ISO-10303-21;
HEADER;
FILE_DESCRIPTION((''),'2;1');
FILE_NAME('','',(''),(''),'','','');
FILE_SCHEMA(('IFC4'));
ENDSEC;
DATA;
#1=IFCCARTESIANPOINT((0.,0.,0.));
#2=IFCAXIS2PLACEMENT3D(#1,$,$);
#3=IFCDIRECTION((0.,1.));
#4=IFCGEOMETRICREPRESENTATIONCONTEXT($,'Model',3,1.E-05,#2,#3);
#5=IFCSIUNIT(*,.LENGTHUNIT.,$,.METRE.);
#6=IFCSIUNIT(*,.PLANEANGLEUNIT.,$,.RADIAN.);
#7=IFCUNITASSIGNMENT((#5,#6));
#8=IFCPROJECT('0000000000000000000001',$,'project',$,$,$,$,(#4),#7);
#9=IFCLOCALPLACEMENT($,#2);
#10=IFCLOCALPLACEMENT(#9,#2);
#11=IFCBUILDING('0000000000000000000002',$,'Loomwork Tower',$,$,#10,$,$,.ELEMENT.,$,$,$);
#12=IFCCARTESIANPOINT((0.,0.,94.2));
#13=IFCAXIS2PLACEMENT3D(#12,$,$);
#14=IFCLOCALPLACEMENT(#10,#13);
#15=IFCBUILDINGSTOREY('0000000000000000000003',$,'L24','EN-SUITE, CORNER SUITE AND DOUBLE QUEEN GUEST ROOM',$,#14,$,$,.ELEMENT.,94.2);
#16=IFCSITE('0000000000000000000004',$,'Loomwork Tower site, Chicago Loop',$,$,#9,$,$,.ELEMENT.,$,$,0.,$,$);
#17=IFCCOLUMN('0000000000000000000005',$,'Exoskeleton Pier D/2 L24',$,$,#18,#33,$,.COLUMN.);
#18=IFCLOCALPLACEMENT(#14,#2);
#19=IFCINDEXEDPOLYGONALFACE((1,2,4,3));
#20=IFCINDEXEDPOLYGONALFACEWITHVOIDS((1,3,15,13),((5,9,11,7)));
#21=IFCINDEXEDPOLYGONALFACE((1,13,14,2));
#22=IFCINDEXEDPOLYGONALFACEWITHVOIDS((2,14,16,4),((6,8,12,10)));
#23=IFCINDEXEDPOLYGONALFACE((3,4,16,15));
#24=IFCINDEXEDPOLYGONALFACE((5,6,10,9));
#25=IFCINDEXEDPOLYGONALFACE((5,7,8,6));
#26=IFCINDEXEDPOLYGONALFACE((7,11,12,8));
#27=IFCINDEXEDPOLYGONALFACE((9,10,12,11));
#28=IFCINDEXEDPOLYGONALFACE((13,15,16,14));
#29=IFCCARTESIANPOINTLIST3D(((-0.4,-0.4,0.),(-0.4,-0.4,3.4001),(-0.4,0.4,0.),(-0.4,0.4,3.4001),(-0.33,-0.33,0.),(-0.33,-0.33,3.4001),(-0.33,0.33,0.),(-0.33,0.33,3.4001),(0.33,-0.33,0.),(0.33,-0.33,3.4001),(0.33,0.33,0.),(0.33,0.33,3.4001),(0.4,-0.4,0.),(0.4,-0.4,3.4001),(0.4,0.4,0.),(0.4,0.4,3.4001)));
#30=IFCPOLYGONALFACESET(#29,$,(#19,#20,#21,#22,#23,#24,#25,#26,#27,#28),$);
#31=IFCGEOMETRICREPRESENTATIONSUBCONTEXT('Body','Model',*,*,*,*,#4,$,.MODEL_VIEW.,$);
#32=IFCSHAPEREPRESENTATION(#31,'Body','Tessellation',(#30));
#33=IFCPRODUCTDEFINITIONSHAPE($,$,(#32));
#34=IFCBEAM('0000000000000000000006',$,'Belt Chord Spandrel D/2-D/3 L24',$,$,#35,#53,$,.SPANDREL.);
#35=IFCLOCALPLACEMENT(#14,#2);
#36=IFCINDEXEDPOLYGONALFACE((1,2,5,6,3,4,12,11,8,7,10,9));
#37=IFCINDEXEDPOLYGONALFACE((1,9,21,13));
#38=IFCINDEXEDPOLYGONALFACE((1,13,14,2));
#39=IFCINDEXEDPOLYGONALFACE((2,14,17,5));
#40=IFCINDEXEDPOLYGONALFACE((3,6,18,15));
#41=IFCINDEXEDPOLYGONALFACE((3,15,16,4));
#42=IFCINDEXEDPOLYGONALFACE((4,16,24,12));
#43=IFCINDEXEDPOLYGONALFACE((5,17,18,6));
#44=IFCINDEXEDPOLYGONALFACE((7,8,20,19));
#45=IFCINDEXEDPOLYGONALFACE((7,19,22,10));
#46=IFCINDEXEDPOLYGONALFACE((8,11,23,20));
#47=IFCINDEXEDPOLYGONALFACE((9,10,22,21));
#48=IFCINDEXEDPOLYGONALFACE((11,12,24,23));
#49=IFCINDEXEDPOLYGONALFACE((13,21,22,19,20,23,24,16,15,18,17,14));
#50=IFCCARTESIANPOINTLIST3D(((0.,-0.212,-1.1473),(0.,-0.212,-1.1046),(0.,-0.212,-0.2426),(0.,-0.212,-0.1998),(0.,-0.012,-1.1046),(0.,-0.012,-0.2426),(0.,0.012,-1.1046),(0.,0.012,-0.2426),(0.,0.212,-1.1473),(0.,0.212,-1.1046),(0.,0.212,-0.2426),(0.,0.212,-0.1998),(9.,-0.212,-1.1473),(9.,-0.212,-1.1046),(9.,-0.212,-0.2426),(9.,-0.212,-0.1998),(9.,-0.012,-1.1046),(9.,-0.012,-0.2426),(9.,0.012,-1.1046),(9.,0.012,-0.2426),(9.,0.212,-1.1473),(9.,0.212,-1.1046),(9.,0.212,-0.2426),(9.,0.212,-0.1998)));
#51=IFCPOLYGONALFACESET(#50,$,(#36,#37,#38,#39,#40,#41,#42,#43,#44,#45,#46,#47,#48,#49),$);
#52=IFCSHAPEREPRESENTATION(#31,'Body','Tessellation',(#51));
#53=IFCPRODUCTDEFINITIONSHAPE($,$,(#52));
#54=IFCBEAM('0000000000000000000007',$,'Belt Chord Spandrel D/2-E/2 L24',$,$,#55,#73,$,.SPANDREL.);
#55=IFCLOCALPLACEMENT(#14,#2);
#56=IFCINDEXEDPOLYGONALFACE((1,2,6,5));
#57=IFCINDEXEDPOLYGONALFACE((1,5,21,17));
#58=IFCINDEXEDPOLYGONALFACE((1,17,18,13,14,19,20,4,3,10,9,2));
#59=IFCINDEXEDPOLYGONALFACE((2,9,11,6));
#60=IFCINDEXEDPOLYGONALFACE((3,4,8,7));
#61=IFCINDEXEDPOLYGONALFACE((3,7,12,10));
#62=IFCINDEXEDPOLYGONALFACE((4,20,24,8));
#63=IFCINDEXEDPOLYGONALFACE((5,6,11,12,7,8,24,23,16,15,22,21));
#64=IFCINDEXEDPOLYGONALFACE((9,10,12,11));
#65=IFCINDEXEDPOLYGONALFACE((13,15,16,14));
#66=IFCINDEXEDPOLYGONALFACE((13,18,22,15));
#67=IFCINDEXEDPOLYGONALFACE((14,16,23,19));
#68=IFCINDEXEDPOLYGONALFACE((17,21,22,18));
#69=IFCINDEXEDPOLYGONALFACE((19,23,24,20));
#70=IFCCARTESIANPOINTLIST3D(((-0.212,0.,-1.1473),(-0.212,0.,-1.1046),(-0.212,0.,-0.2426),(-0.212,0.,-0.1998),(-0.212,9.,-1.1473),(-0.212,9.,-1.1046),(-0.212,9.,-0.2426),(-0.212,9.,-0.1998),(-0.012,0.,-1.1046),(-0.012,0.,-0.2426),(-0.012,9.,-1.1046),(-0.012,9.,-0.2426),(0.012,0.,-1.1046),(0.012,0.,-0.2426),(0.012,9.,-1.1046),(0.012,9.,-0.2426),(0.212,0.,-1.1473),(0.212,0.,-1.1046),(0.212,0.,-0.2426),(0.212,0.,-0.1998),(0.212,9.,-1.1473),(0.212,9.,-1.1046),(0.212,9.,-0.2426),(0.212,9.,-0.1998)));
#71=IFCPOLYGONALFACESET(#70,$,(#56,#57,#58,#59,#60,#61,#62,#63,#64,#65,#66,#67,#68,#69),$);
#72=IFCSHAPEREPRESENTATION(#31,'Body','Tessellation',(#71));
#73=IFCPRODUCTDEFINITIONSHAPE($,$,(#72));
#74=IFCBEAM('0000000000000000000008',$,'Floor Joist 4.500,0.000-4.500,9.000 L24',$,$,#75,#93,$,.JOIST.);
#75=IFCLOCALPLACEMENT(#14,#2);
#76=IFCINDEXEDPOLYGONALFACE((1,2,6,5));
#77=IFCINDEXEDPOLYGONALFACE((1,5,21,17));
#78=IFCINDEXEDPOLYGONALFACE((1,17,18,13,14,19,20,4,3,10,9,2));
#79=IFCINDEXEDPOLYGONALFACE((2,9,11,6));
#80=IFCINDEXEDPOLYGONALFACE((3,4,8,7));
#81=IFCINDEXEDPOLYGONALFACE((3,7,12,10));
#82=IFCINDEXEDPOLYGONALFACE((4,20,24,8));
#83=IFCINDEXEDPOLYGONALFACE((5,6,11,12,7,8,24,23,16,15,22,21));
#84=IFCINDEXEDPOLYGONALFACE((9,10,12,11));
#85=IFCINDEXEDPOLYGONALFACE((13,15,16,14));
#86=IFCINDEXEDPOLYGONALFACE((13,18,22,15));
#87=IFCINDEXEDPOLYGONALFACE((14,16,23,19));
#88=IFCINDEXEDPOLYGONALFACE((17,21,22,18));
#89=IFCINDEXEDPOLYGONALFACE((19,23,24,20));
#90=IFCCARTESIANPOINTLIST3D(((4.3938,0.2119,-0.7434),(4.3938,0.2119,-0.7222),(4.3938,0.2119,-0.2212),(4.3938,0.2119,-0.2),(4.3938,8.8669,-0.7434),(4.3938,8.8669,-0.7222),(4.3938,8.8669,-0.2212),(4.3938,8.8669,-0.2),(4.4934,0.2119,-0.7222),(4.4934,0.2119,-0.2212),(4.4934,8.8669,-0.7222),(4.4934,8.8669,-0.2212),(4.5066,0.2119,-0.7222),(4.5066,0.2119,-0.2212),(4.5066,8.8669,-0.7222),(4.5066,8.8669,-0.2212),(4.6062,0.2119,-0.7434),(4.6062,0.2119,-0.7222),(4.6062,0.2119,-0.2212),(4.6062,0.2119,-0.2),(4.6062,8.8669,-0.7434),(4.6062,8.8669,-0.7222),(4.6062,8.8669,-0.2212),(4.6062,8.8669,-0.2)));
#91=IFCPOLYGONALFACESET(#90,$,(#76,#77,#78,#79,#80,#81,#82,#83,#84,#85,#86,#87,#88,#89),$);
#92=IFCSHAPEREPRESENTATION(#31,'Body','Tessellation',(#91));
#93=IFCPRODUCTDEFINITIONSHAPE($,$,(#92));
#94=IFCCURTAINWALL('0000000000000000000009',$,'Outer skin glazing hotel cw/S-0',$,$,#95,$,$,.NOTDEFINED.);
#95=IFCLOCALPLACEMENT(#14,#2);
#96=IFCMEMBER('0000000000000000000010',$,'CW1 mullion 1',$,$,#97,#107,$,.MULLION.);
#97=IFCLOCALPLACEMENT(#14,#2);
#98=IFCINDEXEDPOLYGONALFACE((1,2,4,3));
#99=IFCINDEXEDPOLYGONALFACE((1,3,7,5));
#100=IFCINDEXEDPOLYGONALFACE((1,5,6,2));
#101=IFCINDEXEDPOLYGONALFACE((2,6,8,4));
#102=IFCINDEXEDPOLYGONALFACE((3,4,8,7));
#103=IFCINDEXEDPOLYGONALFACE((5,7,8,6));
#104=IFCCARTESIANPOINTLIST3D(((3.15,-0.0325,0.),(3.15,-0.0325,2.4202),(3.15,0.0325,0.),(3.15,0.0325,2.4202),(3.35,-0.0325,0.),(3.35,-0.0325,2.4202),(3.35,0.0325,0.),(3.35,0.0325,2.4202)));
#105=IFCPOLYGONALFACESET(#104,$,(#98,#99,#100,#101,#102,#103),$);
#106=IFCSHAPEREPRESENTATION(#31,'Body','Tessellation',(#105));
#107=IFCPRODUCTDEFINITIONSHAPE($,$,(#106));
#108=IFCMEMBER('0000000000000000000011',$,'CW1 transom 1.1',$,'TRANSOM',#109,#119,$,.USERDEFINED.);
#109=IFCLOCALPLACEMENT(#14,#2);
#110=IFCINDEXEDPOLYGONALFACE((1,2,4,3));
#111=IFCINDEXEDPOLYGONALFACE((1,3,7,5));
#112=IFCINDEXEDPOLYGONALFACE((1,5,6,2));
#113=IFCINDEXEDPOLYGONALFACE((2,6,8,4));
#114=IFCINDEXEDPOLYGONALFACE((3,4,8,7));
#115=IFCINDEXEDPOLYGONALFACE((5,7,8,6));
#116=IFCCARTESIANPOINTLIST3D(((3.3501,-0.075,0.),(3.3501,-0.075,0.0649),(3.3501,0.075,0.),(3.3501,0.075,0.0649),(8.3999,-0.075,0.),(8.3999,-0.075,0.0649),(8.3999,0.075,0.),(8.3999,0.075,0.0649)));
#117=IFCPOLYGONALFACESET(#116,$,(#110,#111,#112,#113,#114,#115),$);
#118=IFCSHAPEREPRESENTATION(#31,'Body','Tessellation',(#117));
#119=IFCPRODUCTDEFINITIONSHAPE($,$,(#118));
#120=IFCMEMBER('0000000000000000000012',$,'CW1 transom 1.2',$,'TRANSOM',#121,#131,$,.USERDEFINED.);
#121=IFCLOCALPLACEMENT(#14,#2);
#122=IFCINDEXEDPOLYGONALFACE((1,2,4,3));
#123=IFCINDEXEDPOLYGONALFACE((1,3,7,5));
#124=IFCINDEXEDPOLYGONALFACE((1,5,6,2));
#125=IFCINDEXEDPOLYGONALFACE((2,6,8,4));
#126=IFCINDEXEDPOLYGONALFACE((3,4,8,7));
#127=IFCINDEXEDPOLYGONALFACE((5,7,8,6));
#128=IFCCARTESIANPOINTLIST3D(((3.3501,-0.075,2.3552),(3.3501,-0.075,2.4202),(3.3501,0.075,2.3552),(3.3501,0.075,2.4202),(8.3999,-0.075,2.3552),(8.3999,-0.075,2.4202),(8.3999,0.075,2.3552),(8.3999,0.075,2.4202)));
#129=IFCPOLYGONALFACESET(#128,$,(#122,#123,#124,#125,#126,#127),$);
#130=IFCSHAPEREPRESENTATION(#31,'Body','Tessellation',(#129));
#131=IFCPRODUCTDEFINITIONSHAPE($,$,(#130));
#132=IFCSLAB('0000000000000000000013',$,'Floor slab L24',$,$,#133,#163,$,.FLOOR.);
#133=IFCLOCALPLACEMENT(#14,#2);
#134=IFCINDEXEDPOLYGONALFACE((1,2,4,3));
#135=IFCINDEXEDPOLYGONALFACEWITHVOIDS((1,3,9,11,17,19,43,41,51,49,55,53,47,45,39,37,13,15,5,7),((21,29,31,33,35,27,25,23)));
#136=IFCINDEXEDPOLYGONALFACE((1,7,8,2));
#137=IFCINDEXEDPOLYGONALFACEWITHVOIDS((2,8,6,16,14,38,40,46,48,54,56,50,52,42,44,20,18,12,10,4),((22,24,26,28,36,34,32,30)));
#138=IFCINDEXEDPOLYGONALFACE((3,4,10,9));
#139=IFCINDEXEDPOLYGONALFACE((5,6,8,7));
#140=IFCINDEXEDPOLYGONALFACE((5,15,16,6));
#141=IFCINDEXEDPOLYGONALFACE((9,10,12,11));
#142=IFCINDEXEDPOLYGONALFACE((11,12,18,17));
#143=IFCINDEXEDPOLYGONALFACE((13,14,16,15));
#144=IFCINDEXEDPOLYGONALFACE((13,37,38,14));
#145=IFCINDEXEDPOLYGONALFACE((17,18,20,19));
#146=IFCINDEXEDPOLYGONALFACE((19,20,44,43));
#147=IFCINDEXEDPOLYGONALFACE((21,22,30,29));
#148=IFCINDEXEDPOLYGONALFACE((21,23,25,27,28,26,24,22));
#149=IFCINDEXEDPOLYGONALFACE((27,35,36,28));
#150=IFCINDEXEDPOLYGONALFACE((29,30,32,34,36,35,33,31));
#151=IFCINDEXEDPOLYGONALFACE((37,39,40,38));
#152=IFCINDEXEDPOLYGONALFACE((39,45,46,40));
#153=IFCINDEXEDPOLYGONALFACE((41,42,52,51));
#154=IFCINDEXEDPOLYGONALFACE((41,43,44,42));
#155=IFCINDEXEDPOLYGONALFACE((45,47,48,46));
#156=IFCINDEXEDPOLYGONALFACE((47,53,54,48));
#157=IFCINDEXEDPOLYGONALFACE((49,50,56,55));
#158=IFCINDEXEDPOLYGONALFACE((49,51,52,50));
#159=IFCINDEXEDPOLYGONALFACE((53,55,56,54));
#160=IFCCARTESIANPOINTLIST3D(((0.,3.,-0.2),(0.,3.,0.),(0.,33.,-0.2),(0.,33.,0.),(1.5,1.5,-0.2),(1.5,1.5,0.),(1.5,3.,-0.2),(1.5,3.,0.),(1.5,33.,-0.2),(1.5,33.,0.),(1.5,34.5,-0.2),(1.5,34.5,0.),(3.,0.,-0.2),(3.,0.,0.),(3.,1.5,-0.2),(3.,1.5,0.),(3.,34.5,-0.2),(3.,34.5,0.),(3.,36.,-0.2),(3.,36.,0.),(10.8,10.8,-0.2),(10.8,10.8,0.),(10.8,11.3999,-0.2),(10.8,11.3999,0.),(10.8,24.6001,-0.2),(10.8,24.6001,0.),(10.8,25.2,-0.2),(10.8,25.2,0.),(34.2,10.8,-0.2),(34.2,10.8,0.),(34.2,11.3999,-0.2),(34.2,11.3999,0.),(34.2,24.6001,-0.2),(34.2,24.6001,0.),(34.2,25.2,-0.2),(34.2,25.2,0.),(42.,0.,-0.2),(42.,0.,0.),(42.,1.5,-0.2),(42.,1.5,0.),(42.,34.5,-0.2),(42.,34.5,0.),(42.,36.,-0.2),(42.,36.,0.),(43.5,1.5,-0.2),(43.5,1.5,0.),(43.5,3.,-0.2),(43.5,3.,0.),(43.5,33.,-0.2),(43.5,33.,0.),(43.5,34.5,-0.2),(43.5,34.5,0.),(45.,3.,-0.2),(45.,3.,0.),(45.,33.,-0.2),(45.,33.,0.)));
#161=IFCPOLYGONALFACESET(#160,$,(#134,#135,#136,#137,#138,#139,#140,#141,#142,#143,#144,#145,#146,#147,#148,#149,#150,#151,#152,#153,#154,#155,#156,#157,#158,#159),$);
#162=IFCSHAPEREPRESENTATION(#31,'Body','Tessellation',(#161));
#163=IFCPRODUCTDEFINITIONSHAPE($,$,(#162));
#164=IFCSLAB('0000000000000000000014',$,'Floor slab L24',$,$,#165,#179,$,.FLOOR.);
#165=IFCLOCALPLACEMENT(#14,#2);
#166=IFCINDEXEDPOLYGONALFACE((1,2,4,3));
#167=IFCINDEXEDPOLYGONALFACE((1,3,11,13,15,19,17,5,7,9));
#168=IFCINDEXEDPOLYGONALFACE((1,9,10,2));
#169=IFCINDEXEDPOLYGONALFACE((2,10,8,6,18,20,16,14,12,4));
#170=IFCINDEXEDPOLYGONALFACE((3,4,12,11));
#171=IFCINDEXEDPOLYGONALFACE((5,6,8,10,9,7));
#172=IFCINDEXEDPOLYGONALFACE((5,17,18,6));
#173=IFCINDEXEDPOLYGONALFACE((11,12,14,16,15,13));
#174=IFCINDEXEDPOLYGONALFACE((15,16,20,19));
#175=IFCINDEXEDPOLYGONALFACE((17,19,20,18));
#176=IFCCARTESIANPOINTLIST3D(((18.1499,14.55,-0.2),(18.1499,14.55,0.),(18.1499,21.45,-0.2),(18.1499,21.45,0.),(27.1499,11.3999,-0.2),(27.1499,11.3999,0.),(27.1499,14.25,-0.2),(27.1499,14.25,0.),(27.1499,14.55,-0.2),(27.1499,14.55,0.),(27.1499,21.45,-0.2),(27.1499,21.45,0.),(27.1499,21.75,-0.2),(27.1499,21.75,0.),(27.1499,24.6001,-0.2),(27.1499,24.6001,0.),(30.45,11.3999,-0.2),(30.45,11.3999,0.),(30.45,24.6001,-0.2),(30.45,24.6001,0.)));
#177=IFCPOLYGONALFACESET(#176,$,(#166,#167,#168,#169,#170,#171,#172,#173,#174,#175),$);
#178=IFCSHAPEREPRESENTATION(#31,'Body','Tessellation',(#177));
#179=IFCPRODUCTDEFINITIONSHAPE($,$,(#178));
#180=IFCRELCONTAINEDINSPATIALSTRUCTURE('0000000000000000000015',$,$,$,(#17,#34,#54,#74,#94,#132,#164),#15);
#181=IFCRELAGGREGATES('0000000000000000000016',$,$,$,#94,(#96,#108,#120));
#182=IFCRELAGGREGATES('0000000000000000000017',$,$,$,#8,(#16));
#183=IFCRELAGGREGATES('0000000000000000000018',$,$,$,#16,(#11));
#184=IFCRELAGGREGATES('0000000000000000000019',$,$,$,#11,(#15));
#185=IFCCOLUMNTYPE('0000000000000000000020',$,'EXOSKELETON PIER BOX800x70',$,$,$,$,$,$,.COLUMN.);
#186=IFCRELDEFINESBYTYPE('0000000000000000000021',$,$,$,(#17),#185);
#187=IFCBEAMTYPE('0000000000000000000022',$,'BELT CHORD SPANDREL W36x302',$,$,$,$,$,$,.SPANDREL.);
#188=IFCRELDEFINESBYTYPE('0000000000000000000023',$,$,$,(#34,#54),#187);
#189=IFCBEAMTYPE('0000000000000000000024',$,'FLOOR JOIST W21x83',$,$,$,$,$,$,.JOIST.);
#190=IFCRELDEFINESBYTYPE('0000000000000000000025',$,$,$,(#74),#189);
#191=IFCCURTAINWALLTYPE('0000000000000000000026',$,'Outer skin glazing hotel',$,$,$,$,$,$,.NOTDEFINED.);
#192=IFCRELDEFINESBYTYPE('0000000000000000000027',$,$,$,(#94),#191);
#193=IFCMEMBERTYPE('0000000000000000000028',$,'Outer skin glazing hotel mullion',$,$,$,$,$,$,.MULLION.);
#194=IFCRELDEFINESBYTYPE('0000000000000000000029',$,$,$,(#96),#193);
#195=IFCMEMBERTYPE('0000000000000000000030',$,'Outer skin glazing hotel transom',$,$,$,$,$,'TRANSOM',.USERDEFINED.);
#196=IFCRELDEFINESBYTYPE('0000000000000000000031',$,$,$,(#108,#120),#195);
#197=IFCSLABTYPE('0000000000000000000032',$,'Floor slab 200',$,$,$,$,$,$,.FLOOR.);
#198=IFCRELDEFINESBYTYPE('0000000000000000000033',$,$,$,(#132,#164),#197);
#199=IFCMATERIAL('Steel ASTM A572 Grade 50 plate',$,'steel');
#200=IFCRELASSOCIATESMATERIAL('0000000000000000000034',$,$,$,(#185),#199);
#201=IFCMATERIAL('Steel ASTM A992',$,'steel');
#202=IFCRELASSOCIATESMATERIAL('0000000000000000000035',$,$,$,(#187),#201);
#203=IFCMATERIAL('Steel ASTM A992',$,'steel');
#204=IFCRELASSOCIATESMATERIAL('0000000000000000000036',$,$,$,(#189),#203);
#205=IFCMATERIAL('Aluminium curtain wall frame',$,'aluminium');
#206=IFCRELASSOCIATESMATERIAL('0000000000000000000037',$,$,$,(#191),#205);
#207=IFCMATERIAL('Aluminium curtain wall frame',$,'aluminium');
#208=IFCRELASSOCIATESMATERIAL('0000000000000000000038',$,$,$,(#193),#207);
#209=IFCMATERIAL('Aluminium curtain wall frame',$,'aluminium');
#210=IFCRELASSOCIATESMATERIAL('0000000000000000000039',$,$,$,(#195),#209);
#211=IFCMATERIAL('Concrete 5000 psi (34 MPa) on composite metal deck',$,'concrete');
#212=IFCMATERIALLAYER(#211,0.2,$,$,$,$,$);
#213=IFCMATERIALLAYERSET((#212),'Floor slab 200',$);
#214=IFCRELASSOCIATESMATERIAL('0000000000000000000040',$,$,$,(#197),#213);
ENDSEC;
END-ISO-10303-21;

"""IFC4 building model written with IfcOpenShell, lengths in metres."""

from ifc_helpers import new_model, si_unit, direction, frame, origin, origin_with_axes, origin_2d, place, context, subcontext, project, spatial, polyline, rectangle, hollow_rectangle, i_section, outline, extrude, material, layer, layer_set, material_profile, profile_set, type_object, element, aggregate, save


model = new_model("IFC4")

# Units and contexts
model_context = context("Model", 3, precision=1e-05, world=origin(), true_north=direction((0.0, 1.0)))
body_context = subcontext(model_context, "Body", "Model", "MODEL_VIEW")
ifc_project = project(units=[si_unit("LENGTHUNIT", "METRE"), si_unit("PLANEANGLEUNIT", "RADIAN")], contexts=[model_context])

# Site, building, storey
site_placement = place(None, origin())
site = spatial("IfcSite", under=ifc_project, at=site_placement, Name="Loomwork Tower site, Chicago Loop", CompositionType="ELEMENT", RefElevation=0.0)
building_placement = place(site_placement, origin())
building = spatial("IfcBuilding", under=site, at=building_placement, Name="Loomwork Tower", CompositionType="ELEMENT")
storey_placement = place(building_placement, frame((0.0, 0.0, 94.2)))
storey = spatial("IfcBuildingStorey", under=building, at=storey_placement, Name="L24", Description="EN-SUITE, CORNER SUITE AND DOUBLE QUEEN GUEST ROOM", CompositionType="ELEMENT", Elevation=94.2)

# Column
ifc_material_1 = material(Name="Steel ASTM A572 Grade 50 plate", Category="steel")
ifc_material_profile_1 = material_profile(ifc_material_1, hollow_rectangle(XDim=0.8, YDim=0.8, WallThickness=0.0701, at=origin_2d()), Name="BOX800x70")
ifc_profile_set_1 = profile_set([ifc_material_profile_1], Name="Steel ASTM A572 Grade 50 plate")
column_type = type_object("IfcColumnType", Name="EXOSKELETON PIER BOX800x70", PredefinedType="COLUMN", material=ifc_profile_set_1)
column_placement = place(storey_placement, origin_with_axes())
element("IfcColumn", 1, at=column_placement, inside=storey, type_object=column_type, Name="Exoskeleton Pier D/2 L24", PredefinedType="COLUMN", context=body_context, shape_type="SweptSolid", body=[
    extrude(hollow_rectangle(XDim=0.8, YDim=0.8, WallThickness=0.0701, at=origin_2d()), origin(), (0.0, 0.0, 1.0), 3.4001),
])

# Beams
ifc_material_2 = material(Name="Steel ASTM A992", Category="steel")
ifc_material_profile_2 = material_profile(ifc_material_2, i_section(OverallWidth=0.4241, OverallDepth=0.9475, WebThickness=0.0239, FlangeThickness=0.0427, at=origin_2d()), Name="W36x302")
ifc_profile_set_2 = profile_set([ifc_material_profile_2], Name="Steel ASTM A992")
beam_type_1 = type_object("IfcBeamType", Name="BELT CHORD SPANDREL W36x302", PredefinedType="SPANDREL", material=ifc_profile_set_2)
for number, where, z_axis, x_axis, name in (
    (2, (0.0, 0.0, -0.6736), (1.0, 0.0, 0.0), (0.0, 1.0, 0.0), "Belt Chord Spandrel D/2-D/3 L24"),
    (3, (0.0, 0.0, -0.6736), (0.0, 1.0, 0.0), (-1.0, 0.0, 0.0), "Belt Chord Spandrel D/2-E/2 L24"),
):
    element("IfcBeam", number, at=place(storey_placement, frame(where, z_axis=z_axis, x_axis=x_axis)), inside=storey, type_object=beam_type_1, Name=name, PredefinedType="SPANDREL", context=body_context, shape_type="SweptSolid", body=[
        extrude(i_section(OverallWidth=0.4241, OverallDepth=0.9475, WebThickness=0.0239, FlangeThickness=0.0427, at=origin_2d()), origin(), (0.0, 0.0, 1.0), 9.0),
    ])
ifc_material_3 = material(Name="Steel ASTM A992", Category="steel")
ifc_material_profile_3 = material_profile(ifc_material_3, i_section(OverallWidth=0.2124, OverallDepth=0.5435, WebThickness=0.0132, FlangeThickness=0.0212, at=origin_2d()), Name="W21x83")
ifc_profile_set_3 = profile_set([ifc_material_profile_3], Name="Steel ASTM A992")
beam_type_2 = type_object("IfcBeamType", Name="FLOOR JOIST W21x83", PredefinedType="JOIST", material=ifc_profile_set_3)
beam_placement = place(storey_placement, frame((4.5, 0.2119, -0.4717), z_axis=(0.0, 1.0, 0.0), x_axis=(-1.0, 0.0, 0.0)))
element("IfcBeam", 4, at=beam_placement, inside=storey, type_object=beam_type_2, Name="Floor Joist 4.500,0.000-4.500,9.000 L24", PredefinedType="JOIST", context=body_context, shape_type="SweptSolid", body=[
    extrude(i_section(OverallWidth=0.2124, OverallDepth=0.5435, WebThickness=0.0132, FlangeThickness=0.0212, at=origin_2d()), origin(), (0.0, 0.0, 1.0), 8.655),
])

# Curtain wall, members
ifc_material_4 = material(Name="Aluminium curtain wall frame", Category="aluminium")
curtain_wall_type = type_object("IfcCurtainWallType", Name="Outer skin glazing hotel", PredefinedType="NOTDEFINED", material=ifc_material_4)
curtain_wall_placement = place(storey_placement, origin())
curtain_wall = element("IfcCurtainWall", 5, at=curtain_wall_placement, inside=storey, type_object=curtain_wall_type, Name="Outer skin glazing hotel cw/S-0", PredefinedType="NOTDEFINED")
ifc_material_5 = material(Name="Aluminium curtain wall frame", Category="aluminium")
ifc_material_profile_4 = material_profile(ifc_material_5, rectangle(XDim=0.0649, YDim=0.2, at=origin_2d()), Name="AL 65x200")
ifc_profile_set_4 = profile_set([ifc_material_profile_4], Name="Aluminium curtain wall frame")
member_type_1 = type_object("IfcMemberType", Name="Outer skin glazing hotel mullion", PredefinedType="MULLION", material=ifc_profile_set_4)
member_1_placement = place(storey_placement, frame((3.25, 0.0, 0.0), z_axis=(0.0, 0.0, 1.0), x_axis=(0.0, 1.0, 0.0)))
member_1 = element("IfcMember", 6, at=member_1_placement, type_object=member_type_1, Name="CW1 mullion 1", PredefinedType="MULLION", context=body_context, shape_type="SweptSolid", body=[
    extrude(rectangle(XDim=0.0649, YDim=0.2, at=origin_2d()), origin(), (0.0, 0.0, 1.0), 2.4202),
])
ifc_material_6 = material(Name="Aluminium curtain wall frame", Category="aluminium")
ifc_material_profile_5 = material_profile(ifc_material_6, rectangle(XDim=0.1499, YDim=0.0649, at=origin_2d()), Name="AL 65x150")
ifc_profile_set_5 = profile_set([ifc_material_profile_5], Name="Aluminium curtain wall frame")
member_type_2 = type_object("IfcMemberType", Name="Outer skin glazing hotel transom", ElementType="TRANSOM", PredefinedType="USERDEFINED", material=ifc_profile_set_5)
member_2_placement = place(storey_placement, frame((3.3501, 0.0, 0.0325), z_axis=(1.0, 0.0, 0.0), x_axis=(0.0, 1.0, 0.0)))
member_2 = element("IfcMember", 7, at=member_2_placement, type_object=member_type_2, Name="CW1 transom 1.1", ObjectType="TRANSOM", PredefinedType="USERDEFINED", context=body_context, shape_type="SweptSolid", body=[
    extrude(rectangle(XDim=0.1499, YDim=0.0649, at=origin_2d()), origin(), (0.0, 0.0, 1.0), 5.0498),
])
member_3_placement = place(storey_placement, frame((3.3501, 0.0, 2.3877), z_axis=(1.0, 0.0, 0.0), x_axis=(0.0, 1.0, 0.0)))
member_3 = element("IfcMember", 8, at=member_3_placement, type_object=member_type_2, Name="CW1 transom 1.2", ObjectType="TRANSOM", PredefinedType="USERDEFINED", context=body_context, shape_type="SweptSolid", body=[
    extrude(rectangle(XDim=0.1499, YDim=0.0649, at=origin_2d()), origin(), (0.0, 0.0, 1.0), 5.0498),
])

# Slabs
ifc_material_7 = material(Name="Concrete 5000 psi (34 MPa) on composite metal deck", Category="concrete")
ifc_layer_1 = layer(ifc_material_7, 0.2)
ifc_layer_set_1 = layer_set([ifc_layer_1], Name="Floor slab 200")
slab_type_1 = type_object("IfcSlabType", Name="Floor slab 200", PredefinedType="FLOOR", material=ifc_layer_set_1)
slab_1_placement = place(storey_placement, frame((0.0, 0.0, -0.2)))
element("IfcSlab", 9, at=slab_1_placement, inside=storey, type_object=slab_type_1, Name="Floor slab L24", PredefinedType="FLOOR", context=body_context, shape_type="SweptSolid", body=[
    extrude(outline(polyline([(3.0, 1.5), (1.5, 1.5), (1.5, 3.0), (0.0, 3.0), (0.0, 33.0), (1.5, 33.0), (1.5, 34.5), (3.0, 34.5), (3.0, 36.0), (42.0, 36.0), (42.0, 34.5), (43.5, 34.5), (43.5, 33.0), (45.0, 33.0), (45.0, 3.0), (43.5, 3.0), (43.5, 1.5), (42.0, 1.5), (42.0, 0.0), (3.0, 0.0), (3.0, 1.5)]), holes=[polyline([(10.8, 11.3999), (10.8, 11.3999), (10.8, 10.8), (34.2, 10.8), (34.2, 11.3999), (34.2, 11.3999), (34.2, 24.6001), (34.2, 25.2), (10.8, 25.2), (10.8, 24.6001), (10.8, 11.3999)])]), origin(), (0.0, 0.0, 1.0), 0.2),
])
slab_2_placement = place(storey_placement, frame((0.0, 0.0, -0.2)))
element("IfcSlab", 10, at=slab_2_placement, inside=storey, type_object=slab_type_1, Name="Floor slab L24", PredefinedType="FLOOR", context=body_context, shape_type="SweptSolid", body=[
    extrude(outline(polyline([(30.45, 24.6001), (30.45, 11.3999), (27.1499, 11.3999), (27.1499, 14.25), (27.1499, 14.55), (18.1499, 14.55), (18.1499, 21.45), (27.1499, 21.45), (27.1499, 21.75), (27.1499, 24.6001), (30.45, 24.6001)])), origin(), (0.0, 0.0, 1.0), 0.2),
])

aggregate(curtain_wall, [member_1, member_2, member_3])

save(model, "model.ifc")
